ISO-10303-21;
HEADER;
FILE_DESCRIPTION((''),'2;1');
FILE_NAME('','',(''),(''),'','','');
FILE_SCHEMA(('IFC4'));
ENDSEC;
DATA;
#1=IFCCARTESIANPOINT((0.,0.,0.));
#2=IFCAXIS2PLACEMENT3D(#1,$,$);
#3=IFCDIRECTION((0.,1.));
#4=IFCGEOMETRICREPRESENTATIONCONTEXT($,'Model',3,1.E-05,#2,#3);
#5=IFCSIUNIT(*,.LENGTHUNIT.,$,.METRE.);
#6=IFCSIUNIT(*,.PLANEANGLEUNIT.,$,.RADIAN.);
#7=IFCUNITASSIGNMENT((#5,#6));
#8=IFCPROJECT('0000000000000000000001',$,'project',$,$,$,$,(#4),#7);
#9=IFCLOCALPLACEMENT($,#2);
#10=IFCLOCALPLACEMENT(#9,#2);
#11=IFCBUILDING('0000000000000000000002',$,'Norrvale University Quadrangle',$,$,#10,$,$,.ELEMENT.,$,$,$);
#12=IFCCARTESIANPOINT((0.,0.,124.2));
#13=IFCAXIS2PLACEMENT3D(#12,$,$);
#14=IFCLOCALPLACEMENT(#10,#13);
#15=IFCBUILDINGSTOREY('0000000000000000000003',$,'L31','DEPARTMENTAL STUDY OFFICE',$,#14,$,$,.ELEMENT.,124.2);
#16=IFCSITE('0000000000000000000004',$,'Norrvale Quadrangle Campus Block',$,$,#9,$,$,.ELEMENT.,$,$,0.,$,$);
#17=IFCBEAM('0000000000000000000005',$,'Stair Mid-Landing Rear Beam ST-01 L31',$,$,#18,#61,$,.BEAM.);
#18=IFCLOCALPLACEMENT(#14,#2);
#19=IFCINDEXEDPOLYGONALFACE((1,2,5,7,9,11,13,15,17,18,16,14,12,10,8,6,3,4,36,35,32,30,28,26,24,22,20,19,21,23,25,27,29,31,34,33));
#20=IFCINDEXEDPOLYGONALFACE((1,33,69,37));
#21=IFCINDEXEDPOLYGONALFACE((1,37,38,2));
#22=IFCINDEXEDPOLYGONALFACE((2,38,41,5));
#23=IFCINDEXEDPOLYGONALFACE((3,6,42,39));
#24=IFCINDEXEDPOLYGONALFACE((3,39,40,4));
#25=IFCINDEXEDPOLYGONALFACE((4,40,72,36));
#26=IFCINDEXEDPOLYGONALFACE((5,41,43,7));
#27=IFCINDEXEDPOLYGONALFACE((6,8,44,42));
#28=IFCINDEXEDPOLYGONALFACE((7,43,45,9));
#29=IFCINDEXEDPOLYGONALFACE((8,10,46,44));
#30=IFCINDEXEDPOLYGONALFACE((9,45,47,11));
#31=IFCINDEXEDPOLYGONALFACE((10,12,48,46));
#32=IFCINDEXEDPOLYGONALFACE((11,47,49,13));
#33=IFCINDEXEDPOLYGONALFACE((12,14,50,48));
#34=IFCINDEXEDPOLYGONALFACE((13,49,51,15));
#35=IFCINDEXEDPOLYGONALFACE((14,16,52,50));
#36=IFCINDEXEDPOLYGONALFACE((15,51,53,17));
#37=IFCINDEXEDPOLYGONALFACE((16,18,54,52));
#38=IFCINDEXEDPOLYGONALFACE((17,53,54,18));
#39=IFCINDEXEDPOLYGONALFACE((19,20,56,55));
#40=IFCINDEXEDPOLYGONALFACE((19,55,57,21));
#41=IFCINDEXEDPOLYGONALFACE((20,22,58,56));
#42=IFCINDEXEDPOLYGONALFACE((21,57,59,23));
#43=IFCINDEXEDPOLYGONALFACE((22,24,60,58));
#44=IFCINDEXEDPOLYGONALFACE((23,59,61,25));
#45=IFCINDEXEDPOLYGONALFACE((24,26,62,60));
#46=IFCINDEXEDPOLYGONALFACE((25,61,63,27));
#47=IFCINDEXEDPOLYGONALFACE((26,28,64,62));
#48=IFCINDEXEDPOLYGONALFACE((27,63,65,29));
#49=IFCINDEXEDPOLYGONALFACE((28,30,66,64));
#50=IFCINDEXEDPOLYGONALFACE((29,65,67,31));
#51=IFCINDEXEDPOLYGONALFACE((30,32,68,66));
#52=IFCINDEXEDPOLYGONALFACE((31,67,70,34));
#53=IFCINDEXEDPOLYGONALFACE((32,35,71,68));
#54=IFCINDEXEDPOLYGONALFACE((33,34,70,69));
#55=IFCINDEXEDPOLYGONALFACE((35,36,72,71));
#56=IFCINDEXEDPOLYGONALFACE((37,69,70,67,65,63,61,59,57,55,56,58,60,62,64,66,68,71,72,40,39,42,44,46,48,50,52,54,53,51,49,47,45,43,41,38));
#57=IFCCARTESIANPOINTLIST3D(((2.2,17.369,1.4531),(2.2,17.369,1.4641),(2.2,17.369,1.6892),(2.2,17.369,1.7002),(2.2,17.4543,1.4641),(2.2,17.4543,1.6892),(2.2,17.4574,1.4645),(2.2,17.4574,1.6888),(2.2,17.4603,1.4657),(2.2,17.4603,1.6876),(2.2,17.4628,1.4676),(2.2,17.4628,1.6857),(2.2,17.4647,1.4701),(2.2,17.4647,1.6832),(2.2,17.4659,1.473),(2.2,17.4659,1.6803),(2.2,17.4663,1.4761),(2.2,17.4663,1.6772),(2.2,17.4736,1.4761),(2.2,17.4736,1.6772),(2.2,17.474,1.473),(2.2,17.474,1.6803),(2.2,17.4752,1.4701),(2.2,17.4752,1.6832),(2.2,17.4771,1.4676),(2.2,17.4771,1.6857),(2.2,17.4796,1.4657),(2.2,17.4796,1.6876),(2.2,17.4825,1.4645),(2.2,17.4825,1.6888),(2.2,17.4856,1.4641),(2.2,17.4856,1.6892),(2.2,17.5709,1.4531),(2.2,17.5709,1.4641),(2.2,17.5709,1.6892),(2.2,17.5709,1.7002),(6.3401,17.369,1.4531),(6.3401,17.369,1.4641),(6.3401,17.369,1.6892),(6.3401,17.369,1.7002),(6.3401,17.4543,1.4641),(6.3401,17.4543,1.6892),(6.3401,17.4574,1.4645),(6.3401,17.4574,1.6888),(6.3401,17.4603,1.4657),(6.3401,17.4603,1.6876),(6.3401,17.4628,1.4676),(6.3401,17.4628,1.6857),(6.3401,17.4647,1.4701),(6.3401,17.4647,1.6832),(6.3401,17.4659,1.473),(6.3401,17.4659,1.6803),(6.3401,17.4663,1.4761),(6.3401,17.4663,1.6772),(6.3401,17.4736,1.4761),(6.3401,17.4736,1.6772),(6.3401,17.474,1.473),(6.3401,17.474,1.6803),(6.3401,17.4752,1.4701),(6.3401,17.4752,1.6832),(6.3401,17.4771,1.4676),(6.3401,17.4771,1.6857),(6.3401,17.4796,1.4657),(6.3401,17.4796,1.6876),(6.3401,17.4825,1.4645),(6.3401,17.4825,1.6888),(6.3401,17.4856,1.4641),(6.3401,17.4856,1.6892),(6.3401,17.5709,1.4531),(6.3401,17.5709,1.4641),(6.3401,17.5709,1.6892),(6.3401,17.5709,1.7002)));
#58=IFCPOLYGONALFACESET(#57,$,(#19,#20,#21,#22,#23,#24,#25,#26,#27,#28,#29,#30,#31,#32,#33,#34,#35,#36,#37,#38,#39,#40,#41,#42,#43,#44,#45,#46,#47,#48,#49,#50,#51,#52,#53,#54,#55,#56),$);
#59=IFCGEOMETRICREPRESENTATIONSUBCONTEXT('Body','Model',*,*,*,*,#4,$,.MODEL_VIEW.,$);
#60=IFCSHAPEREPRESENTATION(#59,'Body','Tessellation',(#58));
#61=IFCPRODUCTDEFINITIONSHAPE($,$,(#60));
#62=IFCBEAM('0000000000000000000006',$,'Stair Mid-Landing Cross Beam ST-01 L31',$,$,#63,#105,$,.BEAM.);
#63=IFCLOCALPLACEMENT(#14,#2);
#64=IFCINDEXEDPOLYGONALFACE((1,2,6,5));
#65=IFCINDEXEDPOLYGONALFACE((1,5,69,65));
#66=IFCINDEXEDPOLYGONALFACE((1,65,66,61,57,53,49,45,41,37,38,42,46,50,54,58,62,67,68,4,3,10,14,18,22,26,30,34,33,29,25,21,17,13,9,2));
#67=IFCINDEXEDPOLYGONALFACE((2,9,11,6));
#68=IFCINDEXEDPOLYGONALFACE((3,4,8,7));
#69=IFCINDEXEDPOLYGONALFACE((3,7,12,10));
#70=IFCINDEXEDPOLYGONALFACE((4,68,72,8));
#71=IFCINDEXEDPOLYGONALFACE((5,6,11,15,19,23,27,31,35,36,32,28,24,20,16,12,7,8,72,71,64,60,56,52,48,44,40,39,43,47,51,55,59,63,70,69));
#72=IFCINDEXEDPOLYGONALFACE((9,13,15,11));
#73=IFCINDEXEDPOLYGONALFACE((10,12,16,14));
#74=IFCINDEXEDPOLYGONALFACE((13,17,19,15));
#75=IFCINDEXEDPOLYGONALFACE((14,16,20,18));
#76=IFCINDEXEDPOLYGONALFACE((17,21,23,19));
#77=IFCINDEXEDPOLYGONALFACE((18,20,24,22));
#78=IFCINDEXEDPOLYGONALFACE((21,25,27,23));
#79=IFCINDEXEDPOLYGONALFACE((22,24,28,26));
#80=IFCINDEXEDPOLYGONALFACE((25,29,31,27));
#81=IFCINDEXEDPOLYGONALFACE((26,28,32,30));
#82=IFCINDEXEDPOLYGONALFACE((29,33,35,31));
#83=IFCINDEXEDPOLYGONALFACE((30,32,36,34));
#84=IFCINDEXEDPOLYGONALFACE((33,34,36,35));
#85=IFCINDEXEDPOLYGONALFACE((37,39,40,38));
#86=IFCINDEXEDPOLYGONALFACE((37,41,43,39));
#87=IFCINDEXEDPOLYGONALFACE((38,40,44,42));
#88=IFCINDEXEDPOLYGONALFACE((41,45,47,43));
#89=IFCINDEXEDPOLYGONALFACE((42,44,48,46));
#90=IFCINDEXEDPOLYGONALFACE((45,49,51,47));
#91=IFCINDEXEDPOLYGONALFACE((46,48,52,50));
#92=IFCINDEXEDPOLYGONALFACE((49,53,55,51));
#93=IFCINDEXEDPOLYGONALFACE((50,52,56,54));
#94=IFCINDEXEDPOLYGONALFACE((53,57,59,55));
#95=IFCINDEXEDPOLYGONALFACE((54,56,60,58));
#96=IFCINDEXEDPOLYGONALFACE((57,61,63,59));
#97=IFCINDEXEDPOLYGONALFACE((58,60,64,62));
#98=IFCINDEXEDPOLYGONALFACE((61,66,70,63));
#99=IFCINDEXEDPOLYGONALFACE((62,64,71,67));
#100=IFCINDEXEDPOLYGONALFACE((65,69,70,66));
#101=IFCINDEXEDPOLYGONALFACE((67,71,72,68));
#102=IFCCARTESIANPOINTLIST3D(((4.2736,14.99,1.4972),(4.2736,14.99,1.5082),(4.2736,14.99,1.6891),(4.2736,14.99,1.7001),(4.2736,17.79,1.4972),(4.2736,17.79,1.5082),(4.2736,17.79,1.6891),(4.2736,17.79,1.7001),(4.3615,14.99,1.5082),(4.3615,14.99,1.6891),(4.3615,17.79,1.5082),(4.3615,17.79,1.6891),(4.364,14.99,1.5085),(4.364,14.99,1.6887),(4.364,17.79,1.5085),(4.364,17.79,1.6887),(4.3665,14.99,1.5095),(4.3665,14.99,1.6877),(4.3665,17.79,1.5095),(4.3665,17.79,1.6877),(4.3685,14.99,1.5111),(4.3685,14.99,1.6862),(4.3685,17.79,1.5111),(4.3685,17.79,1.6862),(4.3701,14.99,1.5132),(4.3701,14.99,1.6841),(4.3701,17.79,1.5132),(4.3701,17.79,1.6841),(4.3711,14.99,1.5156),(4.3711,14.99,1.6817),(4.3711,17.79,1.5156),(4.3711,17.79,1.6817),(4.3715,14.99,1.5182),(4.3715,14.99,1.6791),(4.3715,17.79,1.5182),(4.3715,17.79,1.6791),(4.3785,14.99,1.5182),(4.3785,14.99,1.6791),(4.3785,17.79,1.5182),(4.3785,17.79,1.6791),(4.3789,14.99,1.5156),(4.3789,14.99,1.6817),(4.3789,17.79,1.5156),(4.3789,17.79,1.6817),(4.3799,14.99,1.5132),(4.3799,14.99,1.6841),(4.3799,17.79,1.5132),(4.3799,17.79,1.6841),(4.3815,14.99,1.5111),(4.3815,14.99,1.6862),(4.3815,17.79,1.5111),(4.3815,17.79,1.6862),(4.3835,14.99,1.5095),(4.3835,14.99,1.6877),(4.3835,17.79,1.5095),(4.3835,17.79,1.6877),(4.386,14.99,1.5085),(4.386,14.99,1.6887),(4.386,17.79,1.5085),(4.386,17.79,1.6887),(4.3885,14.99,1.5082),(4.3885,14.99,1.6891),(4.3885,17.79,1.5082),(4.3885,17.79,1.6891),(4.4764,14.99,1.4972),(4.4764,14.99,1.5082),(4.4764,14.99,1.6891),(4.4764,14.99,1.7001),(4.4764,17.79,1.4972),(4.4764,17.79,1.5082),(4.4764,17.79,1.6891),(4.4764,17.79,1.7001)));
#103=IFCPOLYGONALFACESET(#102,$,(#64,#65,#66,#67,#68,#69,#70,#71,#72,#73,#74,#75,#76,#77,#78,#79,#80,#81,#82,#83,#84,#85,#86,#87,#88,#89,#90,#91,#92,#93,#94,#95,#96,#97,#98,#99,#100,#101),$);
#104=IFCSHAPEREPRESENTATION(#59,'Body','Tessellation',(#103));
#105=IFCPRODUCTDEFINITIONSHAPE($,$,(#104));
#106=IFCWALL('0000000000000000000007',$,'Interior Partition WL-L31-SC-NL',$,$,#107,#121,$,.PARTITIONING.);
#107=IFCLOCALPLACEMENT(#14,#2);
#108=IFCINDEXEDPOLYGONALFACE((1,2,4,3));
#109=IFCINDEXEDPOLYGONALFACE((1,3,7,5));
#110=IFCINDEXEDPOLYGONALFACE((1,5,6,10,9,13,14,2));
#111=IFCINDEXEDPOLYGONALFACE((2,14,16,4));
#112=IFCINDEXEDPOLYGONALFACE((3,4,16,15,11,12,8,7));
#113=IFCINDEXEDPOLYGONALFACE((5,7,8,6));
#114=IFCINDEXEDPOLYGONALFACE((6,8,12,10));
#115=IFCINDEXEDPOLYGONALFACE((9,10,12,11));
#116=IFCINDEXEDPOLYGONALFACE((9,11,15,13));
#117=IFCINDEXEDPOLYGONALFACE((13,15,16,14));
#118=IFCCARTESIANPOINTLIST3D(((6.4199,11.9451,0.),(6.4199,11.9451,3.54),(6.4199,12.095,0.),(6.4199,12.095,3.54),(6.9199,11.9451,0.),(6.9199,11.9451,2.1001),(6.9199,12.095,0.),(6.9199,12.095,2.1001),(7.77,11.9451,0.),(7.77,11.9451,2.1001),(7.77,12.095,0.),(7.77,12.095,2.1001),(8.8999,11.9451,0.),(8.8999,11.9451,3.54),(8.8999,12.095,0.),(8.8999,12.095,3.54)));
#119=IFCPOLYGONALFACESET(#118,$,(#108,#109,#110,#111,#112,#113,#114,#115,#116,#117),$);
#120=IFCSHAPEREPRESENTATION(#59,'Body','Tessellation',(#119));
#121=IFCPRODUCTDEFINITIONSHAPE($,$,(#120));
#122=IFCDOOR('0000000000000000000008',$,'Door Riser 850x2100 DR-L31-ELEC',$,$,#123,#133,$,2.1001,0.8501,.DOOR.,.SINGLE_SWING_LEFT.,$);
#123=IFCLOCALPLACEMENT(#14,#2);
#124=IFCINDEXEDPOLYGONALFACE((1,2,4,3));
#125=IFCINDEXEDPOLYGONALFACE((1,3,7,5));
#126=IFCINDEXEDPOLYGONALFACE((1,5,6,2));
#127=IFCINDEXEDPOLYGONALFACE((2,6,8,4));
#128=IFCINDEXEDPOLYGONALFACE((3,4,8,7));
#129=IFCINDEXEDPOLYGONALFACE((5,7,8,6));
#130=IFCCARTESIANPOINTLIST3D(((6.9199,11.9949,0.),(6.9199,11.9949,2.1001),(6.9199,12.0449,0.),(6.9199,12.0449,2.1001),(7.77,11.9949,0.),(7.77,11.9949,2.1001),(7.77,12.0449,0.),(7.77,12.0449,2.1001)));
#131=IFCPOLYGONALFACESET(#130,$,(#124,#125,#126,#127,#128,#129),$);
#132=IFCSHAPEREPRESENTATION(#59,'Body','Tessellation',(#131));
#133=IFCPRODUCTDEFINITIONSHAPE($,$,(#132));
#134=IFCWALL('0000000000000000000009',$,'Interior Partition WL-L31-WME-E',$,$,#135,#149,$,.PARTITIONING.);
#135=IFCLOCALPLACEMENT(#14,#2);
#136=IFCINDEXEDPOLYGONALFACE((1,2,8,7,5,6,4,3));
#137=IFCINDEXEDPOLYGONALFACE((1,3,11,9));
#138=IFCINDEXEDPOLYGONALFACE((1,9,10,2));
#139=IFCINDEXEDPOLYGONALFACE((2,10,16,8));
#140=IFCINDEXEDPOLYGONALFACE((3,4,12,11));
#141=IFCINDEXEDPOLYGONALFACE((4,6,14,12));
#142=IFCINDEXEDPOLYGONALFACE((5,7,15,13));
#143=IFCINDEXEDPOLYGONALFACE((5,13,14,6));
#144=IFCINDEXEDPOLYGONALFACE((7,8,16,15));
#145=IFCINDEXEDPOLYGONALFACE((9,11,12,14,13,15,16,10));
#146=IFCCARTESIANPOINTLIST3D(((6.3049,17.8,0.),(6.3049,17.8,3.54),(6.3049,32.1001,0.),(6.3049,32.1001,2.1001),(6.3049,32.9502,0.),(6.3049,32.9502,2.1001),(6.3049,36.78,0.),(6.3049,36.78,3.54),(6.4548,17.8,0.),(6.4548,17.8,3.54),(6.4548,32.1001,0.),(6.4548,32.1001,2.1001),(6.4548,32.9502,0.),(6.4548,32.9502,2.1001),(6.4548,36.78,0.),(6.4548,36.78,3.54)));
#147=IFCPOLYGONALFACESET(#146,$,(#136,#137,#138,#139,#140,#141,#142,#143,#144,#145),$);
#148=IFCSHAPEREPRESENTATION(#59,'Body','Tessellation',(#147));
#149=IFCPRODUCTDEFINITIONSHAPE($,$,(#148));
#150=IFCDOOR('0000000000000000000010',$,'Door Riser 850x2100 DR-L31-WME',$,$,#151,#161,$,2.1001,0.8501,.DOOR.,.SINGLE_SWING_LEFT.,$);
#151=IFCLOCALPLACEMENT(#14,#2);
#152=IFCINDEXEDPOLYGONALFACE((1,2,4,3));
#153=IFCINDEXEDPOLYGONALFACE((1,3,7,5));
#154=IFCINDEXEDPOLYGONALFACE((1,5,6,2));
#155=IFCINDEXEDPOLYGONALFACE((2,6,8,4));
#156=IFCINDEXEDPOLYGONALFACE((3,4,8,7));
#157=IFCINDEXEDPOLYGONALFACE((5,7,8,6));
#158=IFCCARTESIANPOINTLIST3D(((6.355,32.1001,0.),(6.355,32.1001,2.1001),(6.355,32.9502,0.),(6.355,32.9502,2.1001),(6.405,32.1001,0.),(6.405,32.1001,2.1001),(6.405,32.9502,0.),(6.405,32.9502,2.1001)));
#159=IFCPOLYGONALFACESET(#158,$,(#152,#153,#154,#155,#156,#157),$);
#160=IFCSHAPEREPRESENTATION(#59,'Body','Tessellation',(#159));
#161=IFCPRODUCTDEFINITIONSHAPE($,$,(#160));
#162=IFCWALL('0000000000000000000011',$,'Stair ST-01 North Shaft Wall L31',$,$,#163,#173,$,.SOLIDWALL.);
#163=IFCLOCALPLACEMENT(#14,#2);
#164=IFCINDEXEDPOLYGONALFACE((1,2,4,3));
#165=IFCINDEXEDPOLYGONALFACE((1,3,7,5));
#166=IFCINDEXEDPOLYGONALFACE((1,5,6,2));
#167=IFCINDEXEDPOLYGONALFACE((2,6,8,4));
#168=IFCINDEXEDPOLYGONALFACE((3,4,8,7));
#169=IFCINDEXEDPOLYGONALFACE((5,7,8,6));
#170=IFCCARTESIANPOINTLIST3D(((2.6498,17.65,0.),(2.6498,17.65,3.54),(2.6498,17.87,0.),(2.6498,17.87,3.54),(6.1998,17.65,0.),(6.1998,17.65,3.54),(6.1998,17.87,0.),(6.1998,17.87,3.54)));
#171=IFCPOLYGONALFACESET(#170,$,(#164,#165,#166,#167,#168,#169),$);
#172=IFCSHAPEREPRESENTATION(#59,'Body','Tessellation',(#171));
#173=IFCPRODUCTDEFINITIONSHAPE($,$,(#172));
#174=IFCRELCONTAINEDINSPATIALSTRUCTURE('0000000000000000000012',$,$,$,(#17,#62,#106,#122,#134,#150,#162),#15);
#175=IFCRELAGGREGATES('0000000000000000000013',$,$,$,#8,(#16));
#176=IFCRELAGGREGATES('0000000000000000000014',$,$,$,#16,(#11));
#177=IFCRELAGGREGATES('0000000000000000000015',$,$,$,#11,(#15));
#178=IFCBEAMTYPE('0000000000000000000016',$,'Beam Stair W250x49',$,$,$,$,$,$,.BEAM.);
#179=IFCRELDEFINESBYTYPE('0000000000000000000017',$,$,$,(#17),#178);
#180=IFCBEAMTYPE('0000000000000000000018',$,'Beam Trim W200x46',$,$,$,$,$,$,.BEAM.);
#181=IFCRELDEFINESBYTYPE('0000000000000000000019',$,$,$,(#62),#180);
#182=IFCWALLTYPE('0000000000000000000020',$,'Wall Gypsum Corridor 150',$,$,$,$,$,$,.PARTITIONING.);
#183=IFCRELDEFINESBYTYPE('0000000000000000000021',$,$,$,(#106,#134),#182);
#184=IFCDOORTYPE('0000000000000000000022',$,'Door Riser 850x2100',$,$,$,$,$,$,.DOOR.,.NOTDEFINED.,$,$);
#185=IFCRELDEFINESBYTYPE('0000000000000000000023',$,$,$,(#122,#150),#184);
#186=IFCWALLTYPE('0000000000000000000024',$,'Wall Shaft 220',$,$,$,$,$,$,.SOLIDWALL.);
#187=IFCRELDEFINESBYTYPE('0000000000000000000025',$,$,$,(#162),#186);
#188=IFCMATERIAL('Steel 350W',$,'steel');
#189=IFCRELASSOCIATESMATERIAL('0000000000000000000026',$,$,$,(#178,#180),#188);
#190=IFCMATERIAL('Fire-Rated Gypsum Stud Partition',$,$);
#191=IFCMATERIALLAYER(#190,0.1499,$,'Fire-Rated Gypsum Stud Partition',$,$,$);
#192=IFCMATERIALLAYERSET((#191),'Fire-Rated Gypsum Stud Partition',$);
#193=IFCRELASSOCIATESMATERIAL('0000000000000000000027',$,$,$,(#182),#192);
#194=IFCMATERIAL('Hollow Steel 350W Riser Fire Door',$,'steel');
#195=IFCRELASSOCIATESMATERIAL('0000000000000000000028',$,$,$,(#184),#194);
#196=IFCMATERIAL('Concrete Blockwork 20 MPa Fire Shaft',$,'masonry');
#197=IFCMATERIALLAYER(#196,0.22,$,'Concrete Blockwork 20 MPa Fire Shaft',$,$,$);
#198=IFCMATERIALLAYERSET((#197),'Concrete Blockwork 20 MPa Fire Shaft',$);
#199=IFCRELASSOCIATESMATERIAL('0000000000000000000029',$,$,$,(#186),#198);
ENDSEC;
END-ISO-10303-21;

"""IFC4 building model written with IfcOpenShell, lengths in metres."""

from ifc_helpers import new_model, si_unit, direction, frame, frame_2d, origin, origin_2d, place, context, subcontext, project, spatial, rectangle, i_section, extrude, material, layer, layer_set, material_profile, profile_set, type_object, element, fill, save


model = new_model("IFC4")

# Units and contexts
model_context = context("Model", 3, precision=1e-05, world=origin(), true_north=direction((0.0, 1.0)))
body_context = subcontext(model_context, "Body", "Model", "MODEL_VIEW")
ifc_project = project(units=[si_unit("LENGTHUNIT", "METRE"), si_unit("PLANEANGLEUNIT", "RADIAN")], contexts=[model_context])

# Site, building, storey
site_placement = place(None, origin())
site = spatial("IfcSite", under=ifc_project, at=site_placement, Name="Norrvale Quadrangle Campus Block", CompositionType="ELEMENT", RefElevation=0.0)
building_placement = place(site_placement, origin())
building = spatial("IfcBuilding", under=site, at=building_placement, Name="Norrvale University Quadrangle", CompositionType="ELEMENT")
storey_placement = place(building_placement, frame((0.0, 0.0, 124.2)))
storey = spatial("IfcBuildingStorey", under=building, at=storey_placement, Name="L31", Description="DEPARTMENTAL STUDY OFFICE", CompositionType="ELEMENT", Elevation=124.2)

# Beams
ifc_material_1 = material(Name="Steel 350W", Category="steel")
ifc_material_profile_1 = material_profile(ifc_material_1, i_section(OverallWidth=0.2019, OverallDepth=0.2471, WebThickness=0.0073, FlangeThickness=0.011, FilletRadius=0.012, at=origin_2d()), Name="Steel 350W")
ifc_profile_set_1 = profile_set([ifc_material_profile_1], Name="Steel 350W")
beam_type_1 = type_object("IfcBeamType", Name="Beam Stair W250x49", PredefinedType="BEAM", material=ifc_profile_set_1)
for number, where, z_axis, x_axis, name in (
    (1, (2.2, 17.47, 1.5767), (1.0, 0.0, 0.0), (0.0, 1.0, 0.0), "Stair Mid-Landing Rear Beam ST-01 L31"),
):
    element("IfcBeam", number, at=place(storey_placement, frame(where, z_axis=z_axis, x_axis=x_axis)), inside=storey, type_object=beam_type_1, Name=name, PredefinedType="BEAM", context=body_context, shape_type="SweptSolid", body=[
        extrude(i_section(OverallWidth=0.2019, OverallDepth=0.2471, WebThickness=0.0073, FlangeThickness=0.011, FilletRadius=0.012, at=origin_2d()), origin(), (0.0, 0.0, 1.0), 4.1401),
    ])
ifc_material_profile_2 = material_profile(ifc_material_1, i_section(OverallWidth=0.2029, OverallDepth=0.2029, WebThickness=0.0071, FlangeThickness=0.011, FilletRadius=0.01, at=origin_2d()), Name="Steel 350W")
ifc_profile_set_2 = profile_set([ifc_material_profile_2], Name="Steel 350W")
beam_type_2 = type_object("IfcBeamType", Name="Beam Trim W200x46", PredefinedType="BEAM", material=ifc_profile_set_2)
beam_1_placement = place(storey_placement, frame((4.375, 14.99, 1.5986), z_axis=(0.0, 1.0, 0.0), x_axis=(-1.0, 0.0, 0.0)))
element("IfcBeam", 2, at=beam_1_placement, inside=storey, type_object=beam_type_2, Name="Stair Mid-Landing Cross Beam ST-01 L31", PredefinedType="BEAM", context=body_context, shape_type="SweptSolid", body=[
    extrude(i_section(OverallWidth=0.2029, OverallDepth=0.2029, WebThickness=0.0071, FlangeThickness=0.011, FilletRadius=0.01, at=origin_2d()), origin(), (0.0, 0.0, 1.0), 2.8),
])

# Walls, openings, doors
ifc_material_2 = material(Name="Fire-Rated Gypsum Stud Partition")
ifc_layer_1 = layer(ifc_material_2, 0.1499, Name="Fire-Rated Gypsum Stud Partition")
ifc_layer_set_1 = layer_set([ifc_layer_1], Name="Fire-Rated Gypsum Stud Partition")
wall_type_1 = type_object("IfcWallType", Name="Wall Gypsum Corridor 150", PredefinedType="PARTITIONING", material=ifc_layer_set_1)
wall_1_placement = place(storey_placement, frame((6.4199, 12.02, 0.0), z_axis=(0.0, 0.0, 1.0), x_axis=(1.0, 0.0, 0.0)))
wall_1 = element("IfcWall", 3, at=wall_1_placement, inside=storey, type_object=wall_type_1, Name="Interior Partition WL-L31-SC-NL", PredefinedType="PARTITIONING", context=body_context, shape_type="SweptSolid", body=[
    extrude(rectangle(XDim=2.48, YDim=0.1499, at=frame_2d((1.24, 0.0))), origin(), (0.0, 0.0, 1.0), 3.54),
])
opening_1_placement = place(wall_1_placement, frame((0.5, 0.0, 0.0)))
opening_1 = element("IfcOpeningElement", 4, at=opening_1_placement, cuts=wall_1, PredefinedType="OPENING", context=body_context, shape_type="SweptSolid", body=[
    extrude(rectangle(XDim=0.8501, YDim=2.1001, at=frame_2d((0.425, 1.05))), frame((0.0, 0.0869, 0.0), z_axis=(0.0, -1.0, 0.0), x_axis=(1.0, 0.0, 0.0)), (0.0, 0.0, 1.0), 0.1738),
])
ifc_material_3 = material(Name="Hollow Steel 350W Riser Fire Door", Category="steel")
door_type = type_object("IfcDoorType", Name="Door Riser 850x2100", OperationType="NOTDEFINED", PredefinedType="DOOR", material=ifc_material_3)
door_1_placement = place(opening_1_placement, origin())
door_1 = element("IfcDoor", 5, at=door_1_placement, inside=storey, type_object=door_type, Name="Door Riser 850x2100 DR-L31-ELEC", OperationType="SINGLE_SWING_LEFT", OverallHeight=2.1001, OverallWidth=0.8501, PredefinedType="DOOR", context=body_context, shape_type="SweptSolid", body=[
    extrude(rectangle(XDim=0.8501, YDim=2.1001, at=frame_2d((0.425, 1.05))), frame((0.0, 0.0249, 0.0), z_axis=(0.0, -1.0, 0.0), x_axis=(1.0, 0.0, 0.0)), (0.0, 0.0, 1.0), 0.05),
])
fill(opening_1, door_1)
wall_2_placement = place(storey_placement, frame((6.3799, 17.8, 0.0), z_axis=(0.0, 0.0, 1.0), x_axis=(0.0, 1.0, 0.0)))
wall_2 = element("IfcWall", 6, at=wall_2_placement, inside=storey, type_object=wall_type_1, Name="Interior Partition WL-L31-WME-E", PredefinedType="PARTITIONING", context=body_context, shape_type="SweptSolid", body=[
    extrude(rectangle(XDim=18.98, YDim=0.1499, at=frame_2d((9.49, 0.0))), origin(), (0.0, 0.0, 1.0), 3.54),
])
opening_2_placement = place(wall_2_placement, frame((14.3, 0.0, 0.0)))
opening_2 = element("IfcOpeningElement", 7, at=opening_2_placement, cuts=wall_2, PredefinedType="OPENING", context=body_context, shape_type="SweptSolid", body=[
    extrude(rectangle(XDim=0.8501, YDim=2.1001, at=frame_2d((0.425, 1.05))), frame((0.0, 0.0869, 0.0), z_axis=(0.0, -1.0, 0.0), x_axis=(1.0, 0.0, 0.0)), (0.0, 0.0, 1.0), 0.1738),
])
door_2_placement = place(opening_2_placement, origin())
door_2 = element("IfcDoor", 8, at=door_2_placement, inside=storey, type_object=door_type, Name="Door Riser 850x2100 DR-L31-WME", OperationType="SINGLE_SWING_LEFT", OverallHeight=2.1001, OverallWidth=0.8501, PredefinedType="DOOR", context=body_context, shape_type="SweptSolid", body=[
    extrude(rectangle(XDim=0.8501, YDim=2.1001, at=frame_2d((0.425, 1.05))), frame((0.0, 0.0249, 0.0), z_axis=(0.0, -1.0, 0.0), x_axis=(1.0, 0.0, 0.0)), (0.0, 0.0, 1.0), 0.05),
])
fill(opening_2, door_2)

# Wall
ifc_material_4 = material(Name="Concrete Blockwork 20 MPa Fire Shaft", Category="masonry")
ifc_layer_2 = layer(ifc_material_4, 0.22, Name="Concrete Blockwork 20 MPa Fire Shaft")
ifc_layer_set_2 = layer_set([ifc_layer_2], Name="Concrete Blockwork 20 MPa Fire Shaft")
wall_type_2 = type_object("IfcWallType", Name="Wall Shaft 220", PredefinedType="SOLIDWALL", material=ifc_layer_set_2)
wall_3_placement = place(storey_placement, frame((2.6499, 17.76, 0.0), z_axis=(0.0, 0.0, 1.0), x_axis=(1.0, 0.0, 0.0)))
element("IfcWall", 9, at=wall_3_placement, inside=storey, type_object=wall_type_2, Name="Stair ST-01 North Shaft Wall L31", PredefinedType="SOLIDWALL", context=body_context, shape_type="SweptSolid", body=[
    extrude(rectangle(XDim=3.55, YDim=0.22, at=frame_2d((1.7749, 0.0))), origin(), (0.0, 0.0, 1.0), 3.54),
])

save(model, "model.ifc")
